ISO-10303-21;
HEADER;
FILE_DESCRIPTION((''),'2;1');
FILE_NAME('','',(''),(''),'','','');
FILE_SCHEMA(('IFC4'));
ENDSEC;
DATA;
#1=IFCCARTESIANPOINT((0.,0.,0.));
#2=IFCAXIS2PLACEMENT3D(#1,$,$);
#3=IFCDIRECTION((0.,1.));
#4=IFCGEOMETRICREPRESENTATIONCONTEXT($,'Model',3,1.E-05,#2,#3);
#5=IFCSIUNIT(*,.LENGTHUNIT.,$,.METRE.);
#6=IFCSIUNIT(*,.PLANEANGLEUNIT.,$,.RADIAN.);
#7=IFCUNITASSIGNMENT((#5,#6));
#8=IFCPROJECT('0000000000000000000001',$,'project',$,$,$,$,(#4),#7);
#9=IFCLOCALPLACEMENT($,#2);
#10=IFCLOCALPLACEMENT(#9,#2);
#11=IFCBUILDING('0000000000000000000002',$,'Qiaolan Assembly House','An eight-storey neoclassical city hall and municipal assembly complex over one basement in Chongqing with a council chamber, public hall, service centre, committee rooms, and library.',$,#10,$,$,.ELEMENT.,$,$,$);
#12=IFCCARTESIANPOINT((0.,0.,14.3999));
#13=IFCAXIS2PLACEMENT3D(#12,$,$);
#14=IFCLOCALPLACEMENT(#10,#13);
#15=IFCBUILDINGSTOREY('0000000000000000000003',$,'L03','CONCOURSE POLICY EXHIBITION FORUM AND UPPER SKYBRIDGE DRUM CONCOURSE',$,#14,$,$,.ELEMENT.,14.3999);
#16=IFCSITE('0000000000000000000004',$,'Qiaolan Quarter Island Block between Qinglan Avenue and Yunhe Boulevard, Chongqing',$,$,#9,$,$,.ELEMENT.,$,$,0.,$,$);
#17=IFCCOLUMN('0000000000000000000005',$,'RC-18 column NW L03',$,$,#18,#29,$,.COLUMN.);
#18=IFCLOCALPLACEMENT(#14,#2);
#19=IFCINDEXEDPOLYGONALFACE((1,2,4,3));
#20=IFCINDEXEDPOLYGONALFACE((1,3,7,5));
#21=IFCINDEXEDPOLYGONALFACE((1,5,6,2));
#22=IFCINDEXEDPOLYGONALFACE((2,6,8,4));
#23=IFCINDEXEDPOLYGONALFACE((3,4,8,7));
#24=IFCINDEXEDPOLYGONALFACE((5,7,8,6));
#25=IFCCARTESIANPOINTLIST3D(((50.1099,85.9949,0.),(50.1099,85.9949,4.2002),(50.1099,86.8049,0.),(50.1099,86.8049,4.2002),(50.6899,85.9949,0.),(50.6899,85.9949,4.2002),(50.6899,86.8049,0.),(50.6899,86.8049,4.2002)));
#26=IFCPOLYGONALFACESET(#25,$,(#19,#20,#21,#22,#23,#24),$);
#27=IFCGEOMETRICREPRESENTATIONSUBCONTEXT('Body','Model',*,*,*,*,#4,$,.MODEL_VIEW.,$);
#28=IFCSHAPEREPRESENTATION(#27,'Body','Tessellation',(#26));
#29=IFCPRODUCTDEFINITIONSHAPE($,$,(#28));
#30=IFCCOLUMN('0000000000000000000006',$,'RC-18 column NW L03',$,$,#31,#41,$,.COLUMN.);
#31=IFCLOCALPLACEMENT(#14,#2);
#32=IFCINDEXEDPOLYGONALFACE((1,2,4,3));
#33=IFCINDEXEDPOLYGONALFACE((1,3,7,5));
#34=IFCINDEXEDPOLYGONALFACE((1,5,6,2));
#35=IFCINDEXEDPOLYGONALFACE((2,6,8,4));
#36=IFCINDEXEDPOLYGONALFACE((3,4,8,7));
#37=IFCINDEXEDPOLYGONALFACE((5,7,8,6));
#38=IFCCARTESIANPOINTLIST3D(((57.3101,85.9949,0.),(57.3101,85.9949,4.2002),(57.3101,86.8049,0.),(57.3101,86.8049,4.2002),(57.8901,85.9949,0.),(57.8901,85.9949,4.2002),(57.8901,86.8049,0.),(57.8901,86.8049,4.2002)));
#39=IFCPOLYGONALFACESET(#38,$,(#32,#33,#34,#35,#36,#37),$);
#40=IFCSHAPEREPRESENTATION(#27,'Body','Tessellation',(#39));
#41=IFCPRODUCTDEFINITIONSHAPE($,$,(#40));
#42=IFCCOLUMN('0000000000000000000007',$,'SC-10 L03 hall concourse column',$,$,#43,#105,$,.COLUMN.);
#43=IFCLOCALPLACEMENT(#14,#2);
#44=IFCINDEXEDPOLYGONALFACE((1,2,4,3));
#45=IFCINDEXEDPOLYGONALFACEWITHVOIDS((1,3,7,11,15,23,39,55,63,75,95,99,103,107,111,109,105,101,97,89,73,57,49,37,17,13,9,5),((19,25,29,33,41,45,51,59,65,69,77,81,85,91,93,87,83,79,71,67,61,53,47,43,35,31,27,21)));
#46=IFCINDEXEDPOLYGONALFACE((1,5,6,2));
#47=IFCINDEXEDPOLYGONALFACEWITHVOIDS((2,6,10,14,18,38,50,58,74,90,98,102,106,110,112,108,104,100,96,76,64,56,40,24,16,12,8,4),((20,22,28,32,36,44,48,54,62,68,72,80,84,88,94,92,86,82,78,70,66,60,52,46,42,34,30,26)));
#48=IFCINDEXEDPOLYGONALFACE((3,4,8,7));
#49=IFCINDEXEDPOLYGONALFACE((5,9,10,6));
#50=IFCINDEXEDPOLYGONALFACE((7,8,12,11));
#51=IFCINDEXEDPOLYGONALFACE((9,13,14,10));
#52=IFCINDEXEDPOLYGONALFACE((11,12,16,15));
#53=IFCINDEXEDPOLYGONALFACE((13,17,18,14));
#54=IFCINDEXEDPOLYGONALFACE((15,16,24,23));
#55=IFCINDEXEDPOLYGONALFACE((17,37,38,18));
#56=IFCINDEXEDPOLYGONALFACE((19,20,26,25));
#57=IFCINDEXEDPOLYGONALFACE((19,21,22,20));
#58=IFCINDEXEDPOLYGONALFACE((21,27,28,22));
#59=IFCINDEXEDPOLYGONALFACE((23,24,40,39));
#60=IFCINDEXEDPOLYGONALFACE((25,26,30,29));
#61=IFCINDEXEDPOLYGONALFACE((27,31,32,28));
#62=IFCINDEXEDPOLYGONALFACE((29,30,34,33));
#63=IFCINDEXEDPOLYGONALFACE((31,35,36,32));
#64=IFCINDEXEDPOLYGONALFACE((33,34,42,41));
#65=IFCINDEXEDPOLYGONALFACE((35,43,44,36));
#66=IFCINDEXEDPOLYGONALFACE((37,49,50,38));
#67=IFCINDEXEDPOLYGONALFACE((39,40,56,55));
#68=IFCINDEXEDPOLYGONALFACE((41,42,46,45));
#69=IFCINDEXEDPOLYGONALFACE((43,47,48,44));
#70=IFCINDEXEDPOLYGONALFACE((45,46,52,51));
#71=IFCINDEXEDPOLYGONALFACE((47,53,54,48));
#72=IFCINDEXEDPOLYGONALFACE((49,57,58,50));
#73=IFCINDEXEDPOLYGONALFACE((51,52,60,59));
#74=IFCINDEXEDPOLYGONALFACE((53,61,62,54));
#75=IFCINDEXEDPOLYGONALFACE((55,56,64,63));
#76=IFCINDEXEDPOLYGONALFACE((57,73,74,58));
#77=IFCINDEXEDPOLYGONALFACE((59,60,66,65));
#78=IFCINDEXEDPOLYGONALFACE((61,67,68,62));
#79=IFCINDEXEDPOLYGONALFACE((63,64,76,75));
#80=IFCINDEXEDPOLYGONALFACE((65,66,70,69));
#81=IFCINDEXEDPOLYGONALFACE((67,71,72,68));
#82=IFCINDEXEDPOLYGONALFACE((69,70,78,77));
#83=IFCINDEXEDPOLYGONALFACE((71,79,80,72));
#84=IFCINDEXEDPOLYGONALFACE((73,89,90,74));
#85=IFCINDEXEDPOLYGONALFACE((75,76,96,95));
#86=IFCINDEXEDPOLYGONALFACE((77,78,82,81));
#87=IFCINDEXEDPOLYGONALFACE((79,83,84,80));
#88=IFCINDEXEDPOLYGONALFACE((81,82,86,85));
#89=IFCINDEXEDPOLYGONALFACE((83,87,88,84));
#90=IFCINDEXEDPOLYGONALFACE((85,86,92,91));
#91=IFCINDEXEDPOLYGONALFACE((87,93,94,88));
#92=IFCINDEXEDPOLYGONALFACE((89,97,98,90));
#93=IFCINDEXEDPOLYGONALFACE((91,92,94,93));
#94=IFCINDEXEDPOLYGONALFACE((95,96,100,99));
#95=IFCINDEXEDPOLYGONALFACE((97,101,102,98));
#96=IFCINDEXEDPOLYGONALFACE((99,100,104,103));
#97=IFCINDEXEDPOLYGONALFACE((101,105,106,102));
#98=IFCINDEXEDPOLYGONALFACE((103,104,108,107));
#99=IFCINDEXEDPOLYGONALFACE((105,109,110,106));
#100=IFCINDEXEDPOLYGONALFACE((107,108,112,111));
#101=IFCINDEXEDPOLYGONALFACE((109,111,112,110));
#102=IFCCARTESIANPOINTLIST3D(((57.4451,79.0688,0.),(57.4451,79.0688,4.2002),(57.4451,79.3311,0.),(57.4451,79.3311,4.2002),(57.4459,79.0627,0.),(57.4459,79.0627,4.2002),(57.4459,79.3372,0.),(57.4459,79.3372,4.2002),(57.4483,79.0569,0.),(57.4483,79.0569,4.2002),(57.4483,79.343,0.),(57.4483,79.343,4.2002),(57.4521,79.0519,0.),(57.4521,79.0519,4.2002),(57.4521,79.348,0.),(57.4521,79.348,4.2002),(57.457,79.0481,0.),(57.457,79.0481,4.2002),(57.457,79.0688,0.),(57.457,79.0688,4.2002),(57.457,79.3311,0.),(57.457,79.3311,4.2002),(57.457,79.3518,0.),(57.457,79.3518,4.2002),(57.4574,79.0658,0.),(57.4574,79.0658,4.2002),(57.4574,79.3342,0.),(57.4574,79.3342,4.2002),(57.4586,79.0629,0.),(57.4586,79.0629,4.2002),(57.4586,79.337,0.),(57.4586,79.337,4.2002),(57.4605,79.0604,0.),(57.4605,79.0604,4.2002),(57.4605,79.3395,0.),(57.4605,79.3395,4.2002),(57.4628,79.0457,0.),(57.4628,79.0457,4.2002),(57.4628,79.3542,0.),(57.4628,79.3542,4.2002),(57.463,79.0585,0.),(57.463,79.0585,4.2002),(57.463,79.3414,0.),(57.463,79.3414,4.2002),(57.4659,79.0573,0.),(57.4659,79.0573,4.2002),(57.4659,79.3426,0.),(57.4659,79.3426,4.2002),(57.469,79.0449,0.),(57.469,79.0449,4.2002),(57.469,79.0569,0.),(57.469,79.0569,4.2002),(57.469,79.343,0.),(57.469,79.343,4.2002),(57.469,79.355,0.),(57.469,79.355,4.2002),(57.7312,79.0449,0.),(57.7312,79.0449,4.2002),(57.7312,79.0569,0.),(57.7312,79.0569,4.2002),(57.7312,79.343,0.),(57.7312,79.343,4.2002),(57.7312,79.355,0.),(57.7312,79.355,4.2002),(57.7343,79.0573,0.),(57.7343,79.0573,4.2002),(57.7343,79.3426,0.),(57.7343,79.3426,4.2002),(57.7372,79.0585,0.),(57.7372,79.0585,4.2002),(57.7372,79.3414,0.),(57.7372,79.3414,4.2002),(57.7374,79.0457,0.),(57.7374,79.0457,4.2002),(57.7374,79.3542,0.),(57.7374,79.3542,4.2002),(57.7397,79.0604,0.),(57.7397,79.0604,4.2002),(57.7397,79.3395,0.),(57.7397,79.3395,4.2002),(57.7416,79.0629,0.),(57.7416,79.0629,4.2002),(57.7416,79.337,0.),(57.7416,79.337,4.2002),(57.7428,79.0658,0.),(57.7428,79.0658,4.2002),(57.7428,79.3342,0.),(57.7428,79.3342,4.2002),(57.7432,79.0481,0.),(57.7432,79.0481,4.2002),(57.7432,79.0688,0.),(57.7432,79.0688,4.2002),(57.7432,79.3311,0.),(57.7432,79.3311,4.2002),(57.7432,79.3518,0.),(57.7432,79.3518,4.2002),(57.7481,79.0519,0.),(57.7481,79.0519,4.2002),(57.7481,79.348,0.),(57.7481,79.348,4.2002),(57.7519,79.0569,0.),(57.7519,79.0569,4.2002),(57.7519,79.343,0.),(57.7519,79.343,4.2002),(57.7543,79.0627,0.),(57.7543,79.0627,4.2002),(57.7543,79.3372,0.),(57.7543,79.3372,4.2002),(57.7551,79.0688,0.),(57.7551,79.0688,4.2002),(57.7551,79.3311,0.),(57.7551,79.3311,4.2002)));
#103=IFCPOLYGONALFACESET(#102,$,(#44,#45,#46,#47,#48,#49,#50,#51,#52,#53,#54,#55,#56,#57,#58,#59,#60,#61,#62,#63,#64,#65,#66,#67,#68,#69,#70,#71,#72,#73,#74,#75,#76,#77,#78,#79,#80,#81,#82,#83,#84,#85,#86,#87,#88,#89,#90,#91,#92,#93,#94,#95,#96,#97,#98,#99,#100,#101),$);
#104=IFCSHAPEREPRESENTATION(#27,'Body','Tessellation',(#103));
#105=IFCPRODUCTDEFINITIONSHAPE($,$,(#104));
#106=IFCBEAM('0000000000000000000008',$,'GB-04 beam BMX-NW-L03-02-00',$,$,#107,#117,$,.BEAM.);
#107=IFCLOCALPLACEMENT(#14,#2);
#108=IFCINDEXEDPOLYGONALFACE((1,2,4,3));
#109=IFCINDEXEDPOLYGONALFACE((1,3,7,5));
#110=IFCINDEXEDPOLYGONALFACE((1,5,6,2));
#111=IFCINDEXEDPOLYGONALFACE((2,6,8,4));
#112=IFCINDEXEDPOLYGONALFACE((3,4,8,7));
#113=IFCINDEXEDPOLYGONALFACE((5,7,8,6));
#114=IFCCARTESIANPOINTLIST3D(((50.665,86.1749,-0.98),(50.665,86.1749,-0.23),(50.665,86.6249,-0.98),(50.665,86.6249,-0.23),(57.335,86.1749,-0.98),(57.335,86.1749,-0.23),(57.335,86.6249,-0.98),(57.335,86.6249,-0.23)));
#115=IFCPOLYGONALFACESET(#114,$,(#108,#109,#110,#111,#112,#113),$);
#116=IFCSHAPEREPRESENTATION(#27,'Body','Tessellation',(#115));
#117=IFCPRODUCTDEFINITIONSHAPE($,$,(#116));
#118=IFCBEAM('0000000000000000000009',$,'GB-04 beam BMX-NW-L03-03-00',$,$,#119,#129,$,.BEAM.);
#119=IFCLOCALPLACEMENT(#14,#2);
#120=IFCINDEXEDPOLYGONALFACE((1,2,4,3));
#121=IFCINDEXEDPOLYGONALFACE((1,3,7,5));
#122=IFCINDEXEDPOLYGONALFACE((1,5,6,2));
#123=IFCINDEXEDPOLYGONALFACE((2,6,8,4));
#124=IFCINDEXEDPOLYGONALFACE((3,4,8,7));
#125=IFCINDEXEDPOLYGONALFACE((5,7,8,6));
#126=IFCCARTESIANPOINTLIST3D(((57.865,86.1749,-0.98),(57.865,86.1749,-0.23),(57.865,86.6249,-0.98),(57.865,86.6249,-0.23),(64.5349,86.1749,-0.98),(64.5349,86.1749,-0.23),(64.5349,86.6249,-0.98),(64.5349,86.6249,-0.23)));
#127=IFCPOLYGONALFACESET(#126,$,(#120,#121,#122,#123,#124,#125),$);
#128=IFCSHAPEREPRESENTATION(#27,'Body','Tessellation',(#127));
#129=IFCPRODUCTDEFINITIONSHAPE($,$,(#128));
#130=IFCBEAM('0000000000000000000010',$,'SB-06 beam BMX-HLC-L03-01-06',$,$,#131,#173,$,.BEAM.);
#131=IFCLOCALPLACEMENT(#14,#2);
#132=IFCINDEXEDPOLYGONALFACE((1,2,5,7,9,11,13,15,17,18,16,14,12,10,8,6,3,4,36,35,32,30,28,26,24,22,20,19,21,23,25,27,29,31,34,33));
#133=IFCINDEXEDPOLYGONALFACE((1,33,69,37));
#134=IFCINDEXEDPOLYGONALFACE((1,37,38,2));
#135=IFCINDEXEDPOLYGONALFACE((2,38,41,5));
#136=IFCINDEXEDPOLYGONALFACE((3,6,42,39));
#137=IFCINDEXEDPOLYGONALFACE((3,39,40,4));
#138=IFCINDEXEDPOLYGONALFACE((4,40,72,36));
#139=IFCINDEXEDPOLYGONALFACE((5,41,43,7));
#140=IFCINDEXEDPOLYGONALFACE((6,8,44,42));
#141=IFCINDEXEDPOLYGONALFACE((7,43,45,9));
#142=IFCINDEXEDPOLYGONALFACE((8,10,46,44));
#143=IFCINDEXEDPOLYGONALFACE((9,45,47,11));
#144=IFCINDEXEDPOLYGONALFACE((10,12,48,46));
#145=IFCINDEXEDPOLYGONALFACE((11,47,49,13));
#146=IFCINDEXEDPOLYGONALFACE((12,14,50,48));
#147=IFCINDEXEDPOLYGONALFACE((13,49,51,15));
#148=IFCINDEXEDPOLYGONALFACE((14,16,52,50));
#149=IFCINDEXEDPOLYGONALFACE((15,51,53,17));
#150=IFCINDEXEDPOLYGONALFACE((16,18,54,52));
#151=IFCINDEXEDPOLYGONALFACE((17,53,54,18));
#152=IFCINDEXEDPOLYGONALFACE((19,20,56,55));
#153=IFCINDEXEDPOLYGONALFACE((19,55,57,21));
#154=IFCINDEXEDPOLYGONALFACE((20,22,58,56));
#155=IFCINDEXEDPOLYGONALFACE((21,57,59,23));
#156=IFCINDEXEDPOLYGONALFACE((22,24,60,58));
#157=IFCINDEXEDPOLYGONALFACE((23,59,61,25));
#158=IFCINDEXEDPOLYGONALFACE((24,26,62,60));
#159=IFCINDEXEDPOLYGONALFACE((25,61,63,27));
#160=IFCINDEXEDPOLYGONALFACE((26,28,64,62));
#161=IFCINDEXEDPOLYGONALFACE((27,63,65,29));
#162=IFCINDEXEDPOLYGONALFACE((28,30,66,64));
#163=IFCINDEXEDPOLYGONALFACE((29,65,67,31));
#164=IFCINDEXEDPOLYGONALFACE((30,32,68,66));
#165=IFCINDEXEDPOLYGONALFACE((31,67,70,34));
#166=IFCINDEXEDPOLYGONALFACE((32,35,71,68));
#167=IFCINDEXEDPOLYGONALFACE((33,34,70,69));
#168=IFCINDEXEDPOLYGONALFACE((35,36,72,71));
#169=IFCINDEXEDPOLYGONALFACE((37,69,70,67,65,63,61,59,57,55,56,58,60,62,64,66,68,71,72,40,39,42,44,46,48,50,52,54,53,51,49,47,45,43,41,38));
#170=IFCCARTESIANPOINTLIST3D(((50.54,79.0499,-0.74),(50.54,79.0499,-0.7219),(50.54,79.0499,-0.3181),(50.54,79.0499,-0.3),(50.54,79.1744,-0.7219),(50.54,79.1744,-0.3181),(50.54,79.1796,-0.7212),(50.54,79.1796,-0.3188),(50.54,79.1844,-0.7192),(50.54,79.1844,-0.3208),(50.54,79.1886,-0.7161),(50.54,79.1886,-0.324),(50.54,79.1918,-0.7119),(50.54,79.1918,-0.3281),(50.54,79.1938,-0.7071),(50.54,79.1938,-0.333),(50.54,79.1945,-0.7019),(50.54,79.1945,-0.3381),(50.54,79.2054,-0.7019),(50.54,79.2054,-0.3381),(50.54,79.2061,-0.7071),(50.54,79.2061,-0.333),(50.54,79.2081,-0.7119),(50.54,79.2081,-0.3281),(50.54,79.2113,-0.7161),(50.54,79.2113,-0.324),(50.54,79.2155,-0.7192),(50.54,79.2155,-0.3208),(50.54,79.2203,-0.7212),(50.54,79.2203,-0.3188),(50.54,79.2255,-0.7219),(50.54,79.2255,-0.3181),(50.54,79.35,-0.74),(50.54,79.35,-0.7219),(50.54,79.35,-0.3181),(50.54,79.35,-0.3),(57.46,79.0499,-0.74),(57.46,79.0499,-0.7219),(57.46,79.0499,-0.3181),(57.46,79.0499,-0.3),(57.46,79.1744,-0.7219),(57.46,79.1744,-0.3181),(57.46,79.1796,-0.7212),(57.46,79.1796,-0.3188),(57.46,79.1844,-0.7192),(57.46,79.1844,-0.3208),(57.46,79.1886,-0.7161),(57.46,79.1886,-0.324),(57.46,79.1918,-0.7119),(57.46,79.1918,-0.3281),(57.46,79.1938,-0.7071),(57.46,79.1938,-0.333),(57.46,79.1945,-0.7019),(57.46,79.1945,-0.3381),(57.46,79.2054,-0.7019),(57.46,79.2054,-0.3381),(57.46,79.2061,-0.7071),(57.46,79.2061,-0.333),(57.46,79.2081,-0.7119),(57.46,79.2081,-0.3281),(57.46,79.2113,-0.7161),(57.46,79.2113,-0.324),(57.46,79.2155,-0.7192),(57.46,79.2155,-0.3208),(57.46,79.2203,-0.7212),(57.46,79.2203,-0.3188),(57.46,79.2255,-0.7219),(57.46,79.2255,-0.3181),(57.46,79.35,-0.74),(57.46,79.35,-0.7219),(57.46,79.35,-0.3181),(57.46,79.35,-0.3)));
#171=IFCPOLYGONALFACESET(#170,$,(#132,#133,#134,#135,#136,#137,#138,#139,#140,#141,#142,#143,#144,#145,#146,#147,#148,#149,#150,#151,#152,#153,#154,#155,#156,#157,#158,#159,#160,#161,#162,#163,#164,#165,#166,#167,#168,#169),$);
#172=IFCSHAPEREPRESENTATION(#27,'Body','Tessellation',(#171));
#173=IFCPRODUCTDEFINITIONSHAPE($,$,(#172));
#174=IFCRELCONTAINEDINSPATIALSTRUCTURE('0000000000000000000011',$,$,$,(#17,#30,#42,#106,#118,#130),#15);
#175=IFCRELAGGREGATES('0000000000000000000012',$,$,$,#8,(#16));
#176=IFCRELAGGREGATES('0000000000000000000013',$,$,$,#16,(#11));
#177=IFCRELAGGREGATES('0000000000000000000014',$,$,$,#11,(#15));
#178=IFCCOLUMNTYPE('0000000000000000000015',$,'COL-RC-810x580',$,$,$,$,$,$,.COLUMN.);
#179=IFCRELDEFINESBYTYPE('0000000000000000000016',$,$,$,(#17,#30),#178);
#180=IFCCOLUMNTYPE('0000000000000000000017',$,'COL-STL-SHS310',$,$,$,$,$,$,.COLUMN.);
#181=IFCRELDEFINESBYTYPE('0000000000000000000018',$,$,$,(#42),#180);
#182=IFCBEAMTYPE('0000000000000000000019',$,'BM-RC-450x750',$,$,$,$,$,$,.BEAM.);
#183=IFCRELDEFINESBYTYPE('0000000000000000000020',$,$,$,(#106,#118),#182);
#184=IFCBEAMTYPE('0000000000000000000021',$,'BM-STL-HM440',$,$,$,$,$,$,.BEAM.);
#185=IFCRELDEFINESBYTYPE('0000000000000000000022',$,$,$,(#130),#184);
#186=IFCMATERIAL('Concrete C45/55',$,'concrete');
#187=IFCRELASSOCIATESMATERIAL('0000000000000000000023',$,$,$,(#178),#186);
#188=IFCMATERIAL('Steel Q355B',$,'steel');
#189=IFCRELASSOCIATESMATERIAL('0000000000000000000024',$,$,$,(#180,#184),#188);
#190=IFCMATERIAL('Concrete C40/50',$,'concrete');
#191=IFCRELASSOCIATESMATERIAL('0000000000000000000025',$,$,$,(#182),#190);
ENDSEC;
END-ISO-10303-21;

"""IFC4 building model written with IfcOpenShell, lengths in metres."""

from ifc_helpers import new_model, si_unit, direction, frame, origin, origin_2d, place, context, subcontext, project, spatial, rectangle, hollow_rectangle, i_section, extrude, material, material_profile, profile_set, type_object, element, save


model = new_model("IFC4")

# Units and contexts
model_context = context("Model", 3, precision=1e-05, world=origin(), true_north=direction((0.0, 1.0)))
body_context = subcontext(model_context, "Body", "Model", "MODEL_VIEW")
ifc_project = project(units=[si_unit("LENGTHUNIT", "METRE"), si_unit("PLANEANGLEUNIT", "RADIAN")], contexts=[model_context])

# Site, building, storey
site_placement = place(None, origin())
site = spatial("IfcSite", under=ifc_project, at=site_placement, Name="Qiaolan Quarter Island Block between Qinglan Avenue and Yunhe Boulevard, Chongqing", CompositionType="ELEMENT", RefElevation=0.0)
building_placement = place(site_placement, origin())
building = spatial("IfcBuilding", under=site, at=building_placement, Name="Qiaolan Assembly House", Description="An eight-storey neoclassical city hall and municipal assembly complex over one basement in Chongqing with a council chamber, public hall, service centre, committee rooms, and library.", CompositionType="ELEMENT")
storey_placement = place(building_placement, frame((0.0, 0.0, 14.3999)))
storey = spatial("IfcBuildingStorey", under=building, at=storey_placement, Name="L03", Description="CONCOURSE POLICY EXHIBITION FORUM AND UPPER SKYBRIDGE DRUM CONCOURSE", CompositionType="ELEMENT", Elevation=14.3999)

# Columns
ifc_material_1 = material(Name="Concrete C45/55", Category="concrete")
ifc_material_profile_1 = material_profile(ifc_material_1, rectangle(XDim=0.5801, YDim=0.8101, at=origin_2d()), Name="RC 810x580")
ifc_profile_set_1 = profile_set([ifc_material_profile_1], Name="Concrete C45/55")
column_type_1 = type_object("IfcColumnType", Name="COL-RC-810x580", PredefinedType="COLUMN", material=ifc_profile_set_1)
for number, where, z_axis, x_axis, name in (
    (1, (50.3999, 86.3999, 0.0), (0.0, 0.0, 1.0), (1.0, 0.0, 0.0), "RC-18 column NW L03"),
    (2, (57.6001, 86.3999, 0.0), (0.0, 0.0, 1.0), (1.0, 0.0, 0.0), "RC-18 column NW L03"),
):
    element("IfcColumn", number, at=place(storey_placement, frame(where, z_axis=z_axis, x_axis=x_axis)), inside=storey, type_object=column_type_1, Name=name, PredefinedType="COLUMN", context=body_context, shape_type="SweptSolid", body=[
        extrude(rectangle(XDim=0.5801, YDim=0.8101, at=origin_2d()), origin(), (0.0, 0.0, 1.0), 4.2002),
    ])
ifc_material_2 = material(Name="Steel Q355B", Category="steel")
ifc_material_profile_2 = material_profile(ifc_material_2, hollow_rectangle(XDim=0.3101, YDim=0.3101, WallThickness=0.012, InnerFilletRadius=0.012, OuterFilletRadius=0.0239, at=origin_2d()), Name="SHS 310x310x12")
ifc_profile_set_2 = profile_set([ifc_material_profile_2], Name="Steel Q355B")
column_type_2 = type_object("IfcColumnType", Name="COL-STL-SHS310", PredefinedType="COLUMN", material=ifc_profile_set_2)
column_placement = place(storey_placement, frame((57.6001, 79.2, 0.0), z_axis=(0.0, 0.0, 1.0), x_axis=(1.0, 0.0, 0.0)))
element("IfcColumn", 3, at=column_placement, inside=storey, type_object=column_type_2, Name="SC-10 L03 hall concourse column", PredefinedType="COLUMN", context=body_context, shape_type="SweptSolid", body=[
    extrude(hollow_rectangle(XDim=0.3101, YDim=0.3101, WallThickness=0.012, InnerFilletRadius=0.012, OuterFilletRadius=0.0239, at=origin_2d()), origin(), (0.0, 0.0, 1.0), 4.2002),
])

# Beams
ifc_material_3 = material(Name="Concrete C40/50", Category="concrete")
ifc_material_profile_3 = material_profile(ifc_material_3, rectangle(XDim=0.45, YDim=0.75, at=origin_2d()), Name="RCB 450x750")
ifc_profile_set_3 = profile_set([ifc_material_profile_3], Name="Concrete C40/50")
beam_type_1 = type_object("IfcBeamType", Name="BM-RC-450x750", PredefinedType="BEAM", material=ifc_profile_set_3)
for number, where, z_axis, x_axis, name in (
    (4, (50.665, 86.3999, -0.605), (1.0, 0.0, 0.0), (0.0, 1.0, 0.0), "GB-04 beam BMX-NW-L03-02-00"),
    (5, (57.865, 86.3999, -0.605), (1.0, 0.0, 0.0), (0.0, 1.0, 0.0), "GB-04 beam BMX-NW-L03-03-00"),
):
    element("IfcBeam", number, at=place(storey_placement, frame(where, z_axis=z_axis, x_axis=x_axis)), inside=storey, type_object=beam_type_1, Name=name, PredefinedType="BEAM", context=body_context, shape_type="SweptSolid", body=[
        extrude(rectangle(XDim=0.45, YDim=0.75, at=origin_2d()), origin(), (0.0, 0.0, 1.0), 6.6699),
    ])
ifc_material_profile_4 = material_profile(ifc_material_2, i_section(OverallWidth=0.3, OverallDepth=0.4399, WebThickness=0.011, FlangeThickness=0.0181, FilletRadius=0.02, at=origin_2d()), Name="HM 440x300x11x18")
ifc_profile_set_4 = profile_set([ifc_material_profile_4], Name="Steel Q355B")
beam_type_2 = type_object("IfcBeamType", Name="BM-STL-HM440", PredefinedType="BEAM", material=ifc_profile_set_4)
for number, where, z_axis, x_axis, name in (
    (6, (50.54, 79.2, -0.52), (1.0, 0.0, 0.0), (0.0, 1.0, 0.0), "SB-06 beam BMX-HLC-L03-01-06"),
):
    element("IfcBeam", number, at=place(storey_placement, frame(where, z_axis=z_axis, x_axis=x_axis)), inside=storey, type_object=beam_type_2, Name=name, PredefinedType="BEAM", context=body_context, shape_type="SweptSolid", body=[
        extrude(i_section(OverallWidth=0.3, OverallDepth=0.4399, WebThickness=0.011, FlangeThickness=0.0181, FilletRadius=0.02, at=origin_2d()), origin(), (0.0, 0.0, 1.0), 6.9199),
    ])

save(model, "model.ifc")
